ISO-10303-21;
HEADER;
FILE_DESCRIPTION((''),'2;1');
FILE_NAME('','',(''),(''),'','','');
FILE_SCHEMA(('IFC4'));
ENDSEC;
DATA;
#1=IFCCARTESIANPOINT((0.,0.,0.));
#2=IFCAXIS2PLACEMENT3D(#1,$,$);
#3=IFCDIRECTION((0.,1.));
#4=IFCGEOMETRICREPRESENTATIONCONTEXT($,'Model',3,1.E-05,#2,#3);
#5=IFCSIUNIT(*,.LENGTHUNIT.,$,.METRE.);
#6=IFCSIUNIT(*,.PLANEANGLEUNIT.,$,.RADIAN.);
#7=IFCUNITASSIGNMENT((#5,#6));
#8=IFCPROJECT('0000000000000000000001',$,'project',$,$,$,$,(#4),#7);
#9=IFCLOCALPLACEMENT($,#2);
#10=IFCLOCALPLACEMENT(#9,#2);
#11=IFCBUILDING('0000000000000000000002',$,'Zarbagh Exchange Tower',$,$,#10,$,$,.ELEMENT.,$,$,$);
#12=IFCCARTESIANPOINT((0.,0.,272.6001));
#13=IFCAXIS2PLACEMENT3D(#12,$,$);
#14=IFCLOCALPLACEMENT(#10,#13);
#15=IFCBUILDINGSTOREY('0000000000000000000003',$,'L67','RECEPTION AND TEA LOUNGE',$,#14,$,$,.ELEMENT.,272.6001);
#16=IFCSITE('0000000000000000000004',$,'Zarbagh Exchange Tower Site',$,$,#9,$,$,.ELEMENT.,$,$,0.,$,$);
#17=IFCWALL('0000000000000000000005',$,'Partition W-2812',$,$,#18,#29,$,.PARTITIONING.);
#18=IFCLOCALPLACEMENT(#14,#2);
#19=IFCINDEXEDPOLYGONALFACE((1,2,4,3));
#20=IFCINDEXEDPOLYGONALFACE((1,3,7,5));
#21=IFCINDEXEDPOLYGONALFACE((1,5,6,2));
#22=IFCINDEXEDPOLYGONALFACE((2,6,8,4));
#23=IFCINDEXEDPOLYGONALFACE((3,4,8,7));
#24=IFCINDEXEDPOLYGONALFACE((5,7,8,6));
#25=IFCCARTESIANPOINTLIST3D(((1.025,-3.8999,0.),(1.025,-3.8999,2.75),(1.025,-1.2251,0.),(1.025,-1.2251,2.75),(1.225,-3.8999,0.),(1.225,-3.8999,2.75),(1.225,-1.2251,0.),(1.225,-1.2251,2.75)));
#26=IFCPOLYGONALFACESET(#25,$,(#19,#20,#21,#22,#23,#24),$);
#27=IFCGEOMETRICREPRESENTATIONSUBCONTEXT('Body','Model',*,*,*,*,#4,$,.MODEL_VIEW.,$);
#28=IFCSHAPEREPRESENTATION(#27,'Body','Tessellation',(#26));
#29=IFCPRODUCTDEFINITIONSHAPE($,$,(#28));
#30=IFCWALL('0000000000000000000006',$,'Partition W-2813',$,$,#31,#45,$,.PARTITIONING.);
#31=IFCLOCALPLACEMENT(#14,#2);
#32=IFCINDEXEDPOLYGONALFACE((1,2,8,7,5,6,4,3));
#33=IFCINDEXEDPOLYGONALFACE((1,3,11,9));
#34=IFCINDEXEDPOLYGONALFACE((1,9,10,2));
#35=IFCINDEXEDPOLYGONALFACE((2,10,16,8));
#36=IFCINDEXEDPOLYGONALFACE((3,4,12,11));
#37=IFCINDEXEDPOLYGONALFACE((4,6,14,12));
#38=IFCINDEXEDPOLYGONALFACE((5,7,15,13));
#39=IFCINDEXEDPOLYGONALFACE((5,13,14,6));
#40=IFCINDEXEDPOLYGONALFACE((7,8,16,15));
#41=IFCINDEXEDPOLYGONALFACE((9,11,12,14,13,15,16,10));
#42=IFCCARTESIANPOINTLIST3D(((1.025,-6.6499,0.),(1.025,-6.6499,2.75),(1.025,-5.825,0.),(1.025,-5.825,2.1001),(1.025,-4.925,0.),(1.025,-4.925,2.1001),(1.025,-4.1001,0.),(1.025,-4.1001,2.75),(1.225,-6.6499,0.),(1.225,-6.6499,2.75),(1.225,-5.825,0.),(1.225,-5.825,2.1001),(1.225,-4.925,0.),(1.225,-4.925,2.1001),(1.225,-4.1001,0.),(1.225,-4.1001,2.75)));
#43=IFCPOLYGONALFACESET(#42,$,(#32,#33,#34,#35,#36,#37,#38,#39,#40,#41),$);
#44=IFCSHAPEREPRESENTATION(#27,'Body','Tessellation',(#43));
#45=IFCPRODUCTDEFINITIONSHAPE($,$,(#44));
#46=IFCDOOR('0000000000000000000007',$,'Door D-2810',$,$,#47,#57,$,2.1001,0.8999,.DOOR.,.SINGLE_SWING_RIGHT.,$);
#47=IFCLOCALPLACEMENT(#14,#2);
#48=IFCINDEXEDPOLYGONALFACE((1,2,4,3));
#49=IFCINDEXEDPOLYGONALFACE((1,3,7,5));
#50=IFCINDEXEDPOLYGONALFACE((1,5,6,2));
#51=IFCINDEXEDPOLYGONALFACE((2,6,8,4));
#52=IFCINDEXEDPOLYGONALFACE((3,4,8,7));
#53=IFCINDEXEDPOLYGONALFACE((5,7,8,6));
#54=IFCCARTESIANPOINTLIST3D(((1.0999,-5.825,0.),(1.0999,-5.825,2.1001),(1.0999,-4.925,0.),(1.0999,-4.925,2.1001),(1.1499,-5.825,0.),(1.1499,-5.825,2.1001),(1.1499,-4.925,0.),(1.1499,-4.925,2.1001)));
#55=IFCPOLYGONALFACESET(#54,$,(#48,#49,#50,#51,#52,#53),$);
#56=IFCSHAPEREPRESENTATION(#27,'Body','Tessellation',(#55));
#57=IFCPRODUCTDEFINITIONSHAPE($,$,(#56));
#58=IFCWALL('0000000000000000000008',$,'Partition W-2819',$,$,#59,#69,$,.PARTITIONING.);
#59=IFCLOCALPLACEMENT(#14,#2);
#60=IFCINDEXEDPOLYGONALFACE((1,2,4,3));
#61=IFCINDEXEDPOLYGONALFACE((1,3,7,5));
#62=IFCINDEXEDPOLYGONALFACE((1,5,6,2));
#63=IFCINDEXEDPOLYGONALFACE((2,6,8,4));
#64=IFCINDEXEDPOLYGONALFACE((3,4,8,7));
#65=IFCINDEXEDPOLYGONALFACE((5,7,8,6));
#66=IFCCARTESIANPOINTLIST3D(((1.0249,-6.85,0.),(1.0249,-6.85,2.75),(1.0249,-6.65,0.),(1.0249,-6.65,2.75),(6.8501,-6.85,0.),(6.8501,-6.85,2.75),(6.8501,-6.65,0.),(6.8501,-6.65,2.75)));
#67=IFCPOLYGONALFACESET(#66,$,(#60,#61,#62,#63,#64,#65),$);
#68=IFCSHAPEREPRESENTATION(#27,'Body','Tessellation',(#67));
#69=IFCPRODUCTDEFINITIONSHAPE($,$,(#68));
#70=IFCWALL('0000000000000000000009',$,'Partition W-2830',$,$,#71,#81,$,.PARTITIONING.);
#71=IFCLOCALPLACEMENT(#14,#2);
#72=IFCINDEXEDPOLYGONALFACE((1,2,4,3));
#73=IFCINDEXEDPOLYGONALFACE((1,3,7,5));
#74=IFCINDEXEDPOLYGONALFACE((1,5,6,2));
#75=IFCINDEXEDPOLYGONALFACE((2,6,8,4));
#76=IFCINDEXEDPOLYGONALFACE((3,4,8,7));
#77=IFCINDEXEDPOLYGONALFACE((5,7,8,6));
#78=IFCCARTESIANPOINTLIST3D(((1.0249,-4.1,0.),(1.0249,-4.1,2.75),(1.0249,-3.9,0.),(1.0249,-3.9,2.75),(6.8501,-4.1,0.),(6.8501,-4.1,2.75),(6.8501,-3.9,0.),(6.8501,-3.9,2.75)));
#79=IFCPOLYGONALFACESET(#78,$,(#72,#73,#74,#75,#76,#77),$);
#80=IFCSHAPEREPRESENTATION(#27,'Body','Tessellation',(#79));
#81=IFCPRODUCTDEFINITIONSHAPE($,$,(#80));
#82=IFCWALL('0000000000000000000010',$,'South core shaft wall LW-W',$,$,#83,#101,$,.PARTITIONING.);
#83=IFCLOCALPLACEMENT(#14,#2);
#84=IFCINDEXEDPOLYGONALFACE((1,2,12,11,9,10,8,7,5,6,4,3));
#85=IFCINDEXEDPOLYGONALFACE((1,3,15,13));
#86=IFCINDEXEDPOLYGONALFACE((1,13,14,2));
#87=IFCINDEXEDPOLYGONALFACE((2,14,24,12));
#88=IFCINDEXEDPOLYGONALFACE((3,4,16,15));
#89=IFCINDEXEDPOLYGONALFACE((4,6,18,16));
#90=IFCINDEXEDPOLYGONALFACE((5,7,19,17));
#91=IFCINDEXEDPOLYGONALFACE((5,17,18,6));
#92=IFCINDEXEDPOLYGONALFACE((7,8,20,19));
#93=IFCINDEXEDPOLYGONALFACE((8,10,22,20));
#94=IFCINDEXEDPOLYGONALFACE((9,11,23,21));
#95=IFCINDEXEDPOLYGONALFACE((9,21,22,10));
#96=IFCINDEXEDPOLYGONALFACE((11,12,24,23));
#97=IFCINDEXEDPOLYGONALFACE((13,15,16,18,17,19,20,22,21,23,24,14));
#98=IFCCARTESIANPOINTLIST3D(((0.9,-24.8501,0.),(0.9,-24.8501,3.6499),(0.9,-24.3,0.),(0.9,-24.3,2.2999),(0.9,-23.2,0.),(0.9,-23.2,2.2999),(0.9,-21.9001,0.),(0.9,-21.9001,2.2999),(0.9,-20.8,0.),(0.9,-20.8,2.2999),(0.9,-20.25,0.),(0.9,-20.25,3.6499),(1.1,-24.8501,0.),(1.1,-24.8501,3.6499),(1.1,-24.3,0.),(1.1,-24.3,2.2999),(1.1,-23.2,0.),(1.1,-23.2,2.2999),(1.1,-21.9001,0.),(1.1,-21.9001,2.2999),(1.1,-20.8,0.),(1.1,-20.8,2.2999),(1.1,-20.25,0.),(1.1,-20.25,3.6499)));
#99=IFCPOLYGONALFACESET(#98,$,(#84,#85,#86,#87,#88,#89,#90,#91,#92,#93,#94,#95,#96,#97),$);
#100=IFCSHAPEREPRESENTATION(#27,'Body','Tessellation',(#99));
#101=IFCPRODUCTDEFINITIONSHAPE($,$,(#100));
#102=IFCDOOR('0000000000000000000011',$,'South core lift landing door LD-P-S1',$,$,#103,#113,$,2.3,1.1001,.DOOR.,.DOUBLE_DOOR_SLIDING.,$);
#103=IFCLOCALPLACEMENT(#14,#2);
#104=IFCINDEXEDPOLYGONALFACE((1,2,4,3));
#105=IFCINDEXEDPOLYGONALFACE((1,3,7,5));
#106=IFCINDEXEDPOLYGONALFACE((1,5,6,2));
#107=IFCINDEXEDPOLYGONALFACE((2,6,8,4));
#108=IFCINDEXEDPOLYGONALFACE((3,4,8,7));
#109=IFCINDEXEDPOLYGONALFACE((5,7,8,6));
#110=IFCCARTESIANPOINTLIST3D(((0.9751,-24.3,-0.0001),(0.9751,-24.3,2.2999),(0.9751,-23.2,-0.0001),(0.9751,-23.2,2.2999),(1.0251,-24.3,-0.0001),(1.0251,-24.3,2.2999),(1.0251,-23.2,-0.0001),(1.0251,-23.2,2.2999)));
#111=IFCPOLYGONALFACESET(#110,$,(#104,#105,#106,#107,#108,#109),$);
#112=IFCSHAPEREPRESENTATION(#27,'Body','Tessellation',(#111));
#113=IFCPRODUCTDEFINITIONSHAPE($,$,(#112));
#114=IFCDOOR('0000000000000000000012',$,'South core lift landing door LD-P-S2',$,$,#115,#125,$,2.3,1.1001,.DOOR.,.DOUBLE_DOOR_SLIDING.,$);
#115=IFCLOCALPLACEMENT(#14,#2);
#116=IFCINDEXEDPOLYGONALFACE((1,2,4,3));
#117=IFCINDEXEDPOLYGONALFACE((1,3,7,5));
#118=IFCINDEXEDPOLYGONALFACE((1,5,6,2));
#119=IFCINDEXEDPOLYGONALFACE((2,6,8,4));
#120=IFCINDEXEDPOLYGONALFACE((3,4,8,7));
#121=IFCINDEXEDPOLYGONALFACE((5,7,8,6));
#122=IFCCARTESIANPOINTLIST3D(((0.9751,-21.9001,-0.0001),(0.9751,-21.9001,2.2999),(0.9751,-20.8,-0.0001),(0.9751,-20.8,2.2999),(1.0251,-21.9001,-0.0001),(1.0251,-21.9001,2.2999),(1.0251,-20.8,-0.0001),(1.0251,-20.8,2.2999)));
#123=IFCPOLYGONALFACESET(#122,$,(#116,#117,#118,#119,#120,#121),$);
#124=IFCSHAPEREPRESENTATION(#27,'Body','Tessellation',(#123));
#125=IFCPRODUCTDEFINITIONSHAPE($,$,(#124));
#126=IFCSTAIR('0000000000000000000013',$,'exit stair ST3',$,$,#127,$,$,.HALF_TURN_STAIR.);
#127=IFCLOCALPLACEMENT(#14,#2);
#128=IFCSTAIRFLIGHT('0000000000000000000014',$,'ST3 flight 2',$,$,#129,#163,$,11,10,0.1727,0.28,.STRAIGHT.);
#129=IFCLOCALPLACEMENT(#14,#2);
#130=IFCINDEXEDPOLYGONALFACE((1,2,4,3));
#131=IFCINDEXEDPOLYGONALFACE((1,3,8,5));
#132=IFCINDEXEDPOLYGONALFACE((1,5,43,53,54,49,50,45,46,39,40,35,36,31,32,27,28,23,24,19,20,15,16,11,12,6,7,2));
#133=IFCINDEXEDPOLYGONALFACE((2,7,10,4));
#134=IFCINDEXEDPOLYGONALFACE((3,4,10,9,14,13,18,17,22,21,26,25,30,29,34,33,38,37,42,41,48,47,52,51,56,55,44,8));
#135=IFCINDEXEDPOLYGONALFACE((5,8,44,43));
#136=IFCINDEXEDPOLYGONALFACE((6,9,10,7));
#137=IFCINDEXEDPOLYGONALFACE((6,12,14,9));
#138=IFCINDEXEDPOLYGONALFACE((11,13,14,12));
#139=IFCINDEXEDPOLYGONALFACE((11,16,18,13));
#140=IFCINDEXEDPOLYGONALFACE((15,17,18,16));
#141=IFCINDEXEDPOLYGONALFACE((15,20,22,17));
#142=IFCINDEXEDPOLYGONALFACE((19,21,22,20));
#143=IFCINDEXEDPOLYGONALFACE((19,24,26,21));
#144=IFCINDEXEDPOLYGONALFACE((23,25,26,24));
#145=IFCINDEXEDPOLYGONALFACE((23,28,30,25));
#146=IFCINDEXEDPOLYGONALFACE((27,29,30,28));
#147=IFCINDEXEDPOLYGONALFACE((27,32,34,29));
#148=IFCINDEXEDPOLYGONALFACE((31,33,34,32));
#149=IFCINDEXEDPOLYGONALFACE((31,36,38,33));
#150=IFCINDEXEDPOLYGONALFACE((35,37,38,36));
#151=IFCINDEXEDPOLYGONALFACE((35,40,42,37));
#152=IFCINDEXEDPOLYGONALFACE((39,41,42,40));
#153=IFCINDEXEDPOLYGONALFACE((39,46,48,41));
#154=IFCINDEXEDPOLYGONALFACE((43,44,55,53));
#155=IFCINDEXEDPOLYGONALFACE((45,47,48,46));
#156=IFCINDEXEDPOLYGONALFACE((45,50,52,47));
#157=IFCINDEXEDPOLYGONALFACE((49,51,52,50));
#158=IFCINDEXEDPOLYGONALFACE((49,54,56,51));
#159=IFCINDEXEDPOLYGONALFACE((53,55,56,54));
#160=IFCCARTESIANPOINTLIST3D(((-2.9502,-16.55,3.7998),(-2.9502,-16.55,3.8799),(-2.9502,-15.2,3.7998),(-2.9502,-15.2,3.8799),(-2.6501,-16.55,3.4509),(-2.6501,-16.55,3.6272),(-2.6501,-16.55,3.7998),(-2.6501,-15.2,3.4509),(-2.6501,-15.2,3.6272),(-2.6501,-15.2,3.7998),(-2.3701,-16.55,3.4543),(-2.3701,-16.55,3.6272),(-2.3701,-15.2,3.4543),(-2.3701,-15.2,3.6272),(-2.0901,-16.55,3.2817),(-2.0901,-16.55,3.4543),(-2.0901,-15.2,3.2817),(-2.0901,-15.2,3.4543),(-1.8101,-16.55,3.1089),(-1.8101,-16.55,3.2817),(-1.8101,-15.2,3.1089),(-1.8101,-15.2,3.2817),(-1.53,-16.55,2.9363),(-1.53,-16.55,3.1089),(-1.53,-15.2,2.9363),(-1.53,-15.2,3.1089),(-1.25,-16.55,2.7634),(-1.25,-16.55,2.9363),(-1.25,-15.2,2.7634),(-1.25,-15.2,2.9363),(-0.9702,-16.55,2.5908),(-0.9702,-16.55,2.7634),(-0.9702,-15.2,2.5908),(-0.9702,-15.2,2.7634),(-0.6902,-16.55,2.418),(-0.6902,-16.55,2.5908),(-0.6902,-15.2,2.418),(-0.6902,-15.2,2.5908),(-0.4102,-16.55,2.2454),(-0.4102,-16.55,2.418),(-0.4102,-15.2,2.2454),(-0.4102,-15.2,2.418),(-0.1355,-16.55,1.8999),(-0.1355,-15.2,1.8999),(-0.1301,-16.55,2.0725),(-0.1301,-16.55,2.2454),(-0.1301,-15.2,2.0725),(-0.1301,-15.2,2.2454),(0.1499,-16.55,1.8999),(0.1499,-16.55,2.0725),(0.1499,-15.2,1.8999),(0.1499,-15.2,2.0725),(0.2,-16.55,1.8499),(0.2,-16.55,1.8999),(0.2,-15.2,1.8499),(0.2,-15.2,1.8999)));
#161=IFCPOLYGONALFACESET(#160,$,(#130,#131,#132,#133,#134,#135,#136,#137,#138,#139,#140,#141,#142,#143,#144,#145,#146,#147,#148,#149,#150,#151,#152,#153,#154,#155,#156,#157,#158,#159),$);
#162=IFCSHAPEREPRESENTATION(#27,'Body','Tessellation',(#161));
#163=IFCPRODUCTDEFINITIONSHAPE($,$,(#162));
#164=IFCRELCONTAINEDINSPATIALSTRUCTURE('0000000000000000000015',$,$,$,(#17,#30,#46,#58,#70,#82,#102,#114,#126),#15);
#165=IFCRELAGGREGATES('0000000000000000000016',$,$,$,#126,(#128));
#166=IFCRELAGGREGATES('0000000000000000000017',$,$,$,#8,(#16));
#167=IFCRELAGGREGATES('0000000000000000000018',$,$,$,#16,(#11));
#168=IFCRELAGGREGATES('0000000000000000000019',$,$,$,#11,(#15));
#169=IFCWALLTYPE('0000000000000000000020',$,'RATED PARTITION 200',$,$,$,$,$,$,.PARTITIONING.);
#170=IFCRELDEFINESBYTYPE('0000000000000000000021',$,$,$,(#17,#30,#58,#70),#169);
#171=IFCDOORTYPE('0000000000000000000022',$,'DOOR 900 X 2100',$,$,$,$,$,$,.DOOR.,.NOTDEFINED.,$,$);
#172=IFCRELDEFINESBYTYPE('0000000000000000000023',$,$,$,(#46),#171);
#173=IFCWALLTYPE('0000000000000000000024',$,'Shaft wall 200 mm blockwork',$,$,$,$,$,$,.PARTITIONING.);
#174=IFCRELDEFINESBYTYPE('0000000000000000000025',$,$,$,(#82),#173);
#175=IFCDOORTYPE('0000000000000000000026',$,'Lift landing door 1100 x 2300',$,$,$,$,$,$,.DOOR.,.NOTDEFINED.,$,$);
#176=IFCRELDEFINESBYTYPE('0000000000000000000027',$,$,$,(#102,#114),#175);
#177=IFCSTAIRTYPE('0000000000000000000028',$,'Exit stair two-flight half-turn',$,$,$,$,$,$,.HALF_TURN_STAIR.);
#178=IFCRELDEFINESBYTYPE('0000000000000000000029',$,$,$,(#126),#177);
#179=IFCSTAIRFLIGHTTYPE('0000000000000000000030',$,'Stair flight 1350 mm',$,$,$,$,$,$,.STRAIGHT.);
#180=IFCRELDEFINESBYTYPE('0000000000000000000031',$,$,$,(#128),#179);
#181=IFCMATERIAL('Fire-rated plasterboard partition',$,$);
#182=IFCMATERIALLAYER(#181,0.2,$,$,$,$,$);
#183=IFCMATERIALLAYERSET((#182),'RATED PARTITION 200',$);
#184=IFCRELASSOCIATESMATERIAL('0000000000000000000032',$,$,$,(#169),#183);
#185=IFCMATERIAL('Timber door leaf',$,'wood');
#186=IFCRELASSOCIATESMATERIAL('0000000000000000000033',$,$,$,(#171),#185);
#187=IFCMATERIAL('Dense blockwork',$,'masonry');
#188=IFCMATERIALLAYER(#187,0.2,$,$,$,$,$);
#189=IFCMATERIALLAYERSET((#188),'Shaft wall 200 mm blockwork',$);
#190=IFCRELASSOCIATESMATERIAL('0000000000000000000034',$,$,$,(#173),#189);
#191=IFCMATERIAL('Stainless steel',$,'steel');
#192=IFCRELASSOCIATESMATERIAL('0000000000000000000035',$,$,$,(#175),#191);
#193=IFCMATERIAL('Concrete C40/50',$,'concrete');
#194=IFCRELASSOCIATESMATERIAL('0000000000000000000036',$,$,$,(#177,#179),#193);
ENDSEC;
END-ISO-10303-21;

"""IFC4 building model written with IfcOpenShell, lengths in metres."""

from ifc_helpers import new_model, si_unit, direction, frame, frame_2d, origin, place, context, subcontext, project, spatial, polyline, rectangle, outline, extrude, material, layer, layer_set, type_object, element, fill, aggregate, save


model = new_model("IFC4")

# Units and contexts
model_context = context("Model", 3, precision=1e-05, world=origin(), true_north=direction((0.0, 1.0)))
body_context = subcontext(model_context, "Body", "Model", "MODEL_VIEW")
ifc_project = project(units=[si_unit("LENGTHUNIT", "METRE"), si_unit("PLANEANGLEUNIT", "RADIAN")], contexts=[model_context])

# Site, building, storey
site_placement = place(None, origin())
site = spatial("IfcSite", under=ifc_project, at=site_placement, Name="Zarbagh Exchange Tower Site", CompositionType="ELEMENT", RefElevation=0.0)
building_placement = place(site_placement, origin())
building = spatial("IfcBuilding", under=site, at=building_placement, Name="Zarbagh Exchange Tower", CompositionType="ELEMENT")
storey_placement = place(building_placement, frame((0.0, 0.0, 272.6001)))
storey = spatial("IfcBuildingStorey", under=building, at=storey_placement, Name="L67", Description="RECEPTION AND TEA LOUNGE", CompositionType="ELEMENT", Elevation=272.6001)

# Wall
ifc_material_1 = material(Name="Fire-rated plasterboard partition")
ifc_layer_1 = layer(ifc_material_1, 0.2)
ifc_layer_set_1 = layer_set([ifc_layer_1], Name="RATED PARTITION 200")
wall_type_1 = type_object("IfcWallType", Name="RATED PARTITION 200", PredefinedType="PARTITIONING", material=ifc_layer_set_1)
wall_1_placement = place(storey_placement, frame((1.125, -3.8999, 0.0), z_axis=(0.0, 0.0, 1.0), x_axis=(0.0, 1.0, 0.0)))
element("IfcWall", 1, at=wall_1_placement, inside=storey, type_object=wall_type_1, Name="Partition W-2812", PredefinedType="PARTITIONING", context=body_context, shape_type="SweptSolid", body=[
    extrude(rectangle(XDim=2.6748, YDim=0.2, at=frame_2d((1.3374, 0.0))), origin(), (0.0, 0.0, 1.0), 2.75),
])

# Wall, opening, door
wall_2_placement = place(storey_placement, frame((1.125, -4.1001, 0.0), z_axis=(0.0, 0.0, 1.0), x_axis=(0.0, -1.0, 0.0)))
wall_2 = element("IfcWall", 2, at=wall_2_placement, inside=storey, type_object=wall_type_1, Name="Partition W-2813", PredefinedType="PARTITIONING", context=body_context, shape_type="SweptSolid", body=[
    extrude(rectangle(XDim=2.5498, YDim=0.2, at=frame_2d((1.2749, 0.0))), origin(), (0.0, 0.0, 1.0), 2.75),
])
opening_1_placement = place(wall_2_placement, frame((0.825, 0.0, 0.0)))
opening_1 = element("IfcOpeningElement", 3, at=opening_1_placement, cuts=wall_2, PredefinedType="OPENING", context=body_context, shape_type="SweptSolid", body=[
    extrude(rectangle(XDim=0.8999, YDim=2.1001, at=frame_2d((0.45, 1.05))), frame((0.0, 0.1099, 0.0), z_axis=(0.0, -1.0, 0.0), x_axis=(1.0, 0.0, 0.0)), (0.0, 0.0, 1.0), 0.22),
])
ifc_material_2 = material(Name="Timber door leaf", Category="wood")
door_type_1 = type_object("IfcDoorType", Name="DOOR 900 X 2100", OperationType="NOTDEFINED", PredefinedType="DOOR", material=ifc_material_2)
door_1_placement = place(opening_1_placement, origin())
door_1 = element("IfcDoor", 4, at=door_1_placement, inside=storey, type_object=door_type_1, Name="Door D-2810", OperationType="SINGLE_SWING_RIGHT", OverallHeight=2.1001, OverallWidth=0.8999, PredefinedType="DOOR", context=body_context, shape_type="SweptSolid", body=[
    extrude(rectangle(XDim=0.8999, YDim=2.1001, at=frame_2d((0.45, 1.05))), frame((0.0, 0.0249, 0.0), z_axis=(0.0, -1.0, 0.0), x_axis=(1.0, 0.0, 0.0)), (0.0, 0.0, 1.0), 0.05),
])
fill(opening_1, door_1)

# Walls
for number, where, z_axis, x_axis, name in (
    (5, (1.0249, -6.75, 0.0), (0.0, 0.0, 1.0), (1.0, 0.0, 0.0), "Partition W-2819"),
    (6, (1.0249, -4.0, 0.0), (0.0, 0.0, 1.0), (1.0, 0.0, 0.0), "Partition W-2830"),
):
    element("IfcWall", number, at=place(storey_placement, frame(where, z_axis=z_axis, x_axis=x_axis)), inside=storey, type_object=wall_type_1, Name=name, PredefinedType="PARTITIONING", context=body_context, shape_type="SweptSolid", body=[
        extrude(rectangle(XDim=5.8252, YDim=0.2, at=frame_2d((2.9126, 0.0))), origin(), (0.0, 0.0, 1.0), 2.75),
    ])

# Wall, openings, doors
ifc_material_3 = material(Name="Dense blockwork", Category="masonry")
ifc_layer_2 = layer(ifc_material_3, 0.2)
ifc_layer_set_2 = layer_set([ifc_layer_2], Name="Shaft wall 200 mm blockwork")
wall_type_2 = type_object("IfcWallType", Name="Shaft wall 200 mm blockwork", PredefinedType="PARTITIONING", material=ifc_layer_set_2)
wall_3_placement = place(storey_placement, frame((1.0, -24.8501, 0.0), z_axis=(0.0, 0.0, 1.0), x_axis=(0.0, 1.0, 0.0)))
wall_3 = element("IfcWall", 7, at=wall_3_placement, inside=storey, type_object=wall_type_2, Name="South core shaft wall LW-W", PredefinedType="PARTITIONING", context=body_context, shape_type="SweptSolid", body=[
    extrude(rectangle(XDim=4.6001, YDim=0.2, at=frame_2d((2.3, 0.0))), origin(), (0.0, 0.0, 1.0), 3.6499),
])
opening_2_placement = place(wall_3_placement, frame((0.55, 0.0, 0.0)))
opening_2 = element("IfcOpeningElement", 8, at=opening_2_placement, cuts=wall_3, PredefinedType="OPENING", context=body_context, shape_type="SweptSolid", body=[
    extrude(rectangle(XDim=1.1001, YDim=2.3, at=frame_2d((0.55, 1.1499))), frame((0.0, 0.1099, 0.0), z_axis=(0.0, -1.0, 0.0), x_axis=(1.0, 0.0, 0.0)), (0.0, 0.0, 1.0), 0.22),
])
opening_3_placement = place(wall_3_placement, frame((2.95, 0.0, 0.0)))
opening_3 = element("IfcOpeningElement", 9, at=opening_3_placement, cuts=wall_3, PredefinedType="OPENING", context=body_context, shape_type="SweptSolid", body=[
    extrude(rectangle(XDim=1.1001, YDim=2.3, at=frame_2d((0.55, 1.1499))), frame((0.0, 0.1099, 0.0), z_axis=(0.0, -1.0, 0.0), x_axis=(1.0, 0.0, 0.0)), (0.0, 0.0, 1.0), 0.22),
])
ifc_material_4 = material(Name="Stainless steel", Category="steel")
door_type_2 = type_object("IfcDoorType", Name="Lift landing door 1100 x 2300", OperationType="NOTDEFINED", PredefinedType="DOOR", material=ifc_material_4)
door_2_placement = place(opening_2_placement, origin())
door_2 = element("IfcDoor", 10, at=door_2_placement, inside=storey, type_object=door_type_2, Name="South core lift landing door LD-P-S1", OperationType="DOUBLE_DOOR_SLIDING", OverallHeight=2.3, OverallWidth=1.1001, PredefinedType="DOOR", context=body_context, shape_type="SweptSolid", body=[
    extrude(rectangle(XDim=1.1001, YDim=2.3, at=frame_2d((0.55, 1.1499))), frame((0.0, 0.0249, 0.0), z_axis=(0.0, -1.0, 0.0), x_axis=(1.0, 0.0, 0.0)), (0.0, 0.0, 1.0), 0.05),
])
fill(opening_2, door_2)
door_3_placement = place(opening_3_placement, origin())
door_3 = element("IfcDoor", 11, at=door_3_placement, inside=storey, type_object=door_type_2, Name="South core lift landing door LD-P-S2", OperationType="DOUBLE_DOOR_SLIDING", OverallHeight=2.3, OverallWidth=1.1001, PredefinedType="DOOR", context=body_context, shape_type="SweptSolid", body=[
    extrude(rectangle(XDim=1.1001, YDim=2.3, at=frame_2d((0.55, 1.1499))), frame((0.0, 0.0249, 0.0), z_axis=(0.0, -1.0, 0.0), x_axis=(1.0, 0.0, 0.0)), (0.0, 0.0, 1.0), 0.05),
])
fill(opening_3, door_3)

# Stair, stair flight
ifc_material_5 = material(Name="Concrete C40/50", Category="concrete")
stair_type = type_object("IfcStairType", Name="Exit stair two-flight half-turn", PredefinedType="HALF_TURN_STAIR", material=ifc_material_5)
stair_1_placement = place(storey_placement, origin())
stair_1 = element("IfcStair", 12, at=stair_1_placement, inside=storey, type_object=stair_type, Name="exit stair ST3", PredefinedType="HALF_TURN_STAIR")
stair_flight_type_1 = type_object("IfcStairFlightType", Name="Stair flight 1350 mm", PredefinedType="STRAIGHT", material=ifc_material_5)
stair_flight_1_placement = place(storey_placement, frame((0.1499, -15.875, 1.8999), z_axis=(0.0, 0.0, 1.0), x_axis=(-1.0, 0.0, 0.0)))
stair_flight_1 = element("IfcStairFlight", 13, at=stair_flight_1_placement, type_object=stair_flight_type_1, Name="ST3 flight 2", NumberOfRisers=11, NumberOfTreads=10, PredefinedType="STRAIGHT", RiserHeight=0.1727, TreadLength=0.28, context=body_context, shape_type="SweptSolid", body=[
    extrude(outline(polyline([(-0.05, -0.05), (-0.05, 0.0), (0.0, 0.0), (0.0, 0.1726), (0.28, 0.1726), (0.28, 0.3455), (0.5601, 0.3455), (0.5601, 0.5181), (0.8401, 0.5181), (0.8401, 0.6909), (1.1201, 0.6909), (1.1201, 0.8635), (1.3999, 0.8635), (1.3999, 1.0364), (1.6799, 1.0364), (1.6799, 1.209), (1.96, 1.209), (1.96, 1.3818), (2.24, 1.3818), (2.24, 1.5544), (2.52, 1.5544), (2.52, 1.7273), (2.8, 1.7273), (2.8, 1.8999), (3.1001, 1.98), (3.1001, 1.8999), (2.8, 1.551), (0.2854, 0.0), (-0.05, -0.05)])), frame((0.0, 0.675, 0.0), z_axis=(0.0, -1.0, 0.0), x_axis=(1.0, 0.0, 0.0)), (0.0, 0.0, 1.0), 1.3501),
])
aggregate(stair_1, [stair_flight_1])

save(model, "model.ifc")
